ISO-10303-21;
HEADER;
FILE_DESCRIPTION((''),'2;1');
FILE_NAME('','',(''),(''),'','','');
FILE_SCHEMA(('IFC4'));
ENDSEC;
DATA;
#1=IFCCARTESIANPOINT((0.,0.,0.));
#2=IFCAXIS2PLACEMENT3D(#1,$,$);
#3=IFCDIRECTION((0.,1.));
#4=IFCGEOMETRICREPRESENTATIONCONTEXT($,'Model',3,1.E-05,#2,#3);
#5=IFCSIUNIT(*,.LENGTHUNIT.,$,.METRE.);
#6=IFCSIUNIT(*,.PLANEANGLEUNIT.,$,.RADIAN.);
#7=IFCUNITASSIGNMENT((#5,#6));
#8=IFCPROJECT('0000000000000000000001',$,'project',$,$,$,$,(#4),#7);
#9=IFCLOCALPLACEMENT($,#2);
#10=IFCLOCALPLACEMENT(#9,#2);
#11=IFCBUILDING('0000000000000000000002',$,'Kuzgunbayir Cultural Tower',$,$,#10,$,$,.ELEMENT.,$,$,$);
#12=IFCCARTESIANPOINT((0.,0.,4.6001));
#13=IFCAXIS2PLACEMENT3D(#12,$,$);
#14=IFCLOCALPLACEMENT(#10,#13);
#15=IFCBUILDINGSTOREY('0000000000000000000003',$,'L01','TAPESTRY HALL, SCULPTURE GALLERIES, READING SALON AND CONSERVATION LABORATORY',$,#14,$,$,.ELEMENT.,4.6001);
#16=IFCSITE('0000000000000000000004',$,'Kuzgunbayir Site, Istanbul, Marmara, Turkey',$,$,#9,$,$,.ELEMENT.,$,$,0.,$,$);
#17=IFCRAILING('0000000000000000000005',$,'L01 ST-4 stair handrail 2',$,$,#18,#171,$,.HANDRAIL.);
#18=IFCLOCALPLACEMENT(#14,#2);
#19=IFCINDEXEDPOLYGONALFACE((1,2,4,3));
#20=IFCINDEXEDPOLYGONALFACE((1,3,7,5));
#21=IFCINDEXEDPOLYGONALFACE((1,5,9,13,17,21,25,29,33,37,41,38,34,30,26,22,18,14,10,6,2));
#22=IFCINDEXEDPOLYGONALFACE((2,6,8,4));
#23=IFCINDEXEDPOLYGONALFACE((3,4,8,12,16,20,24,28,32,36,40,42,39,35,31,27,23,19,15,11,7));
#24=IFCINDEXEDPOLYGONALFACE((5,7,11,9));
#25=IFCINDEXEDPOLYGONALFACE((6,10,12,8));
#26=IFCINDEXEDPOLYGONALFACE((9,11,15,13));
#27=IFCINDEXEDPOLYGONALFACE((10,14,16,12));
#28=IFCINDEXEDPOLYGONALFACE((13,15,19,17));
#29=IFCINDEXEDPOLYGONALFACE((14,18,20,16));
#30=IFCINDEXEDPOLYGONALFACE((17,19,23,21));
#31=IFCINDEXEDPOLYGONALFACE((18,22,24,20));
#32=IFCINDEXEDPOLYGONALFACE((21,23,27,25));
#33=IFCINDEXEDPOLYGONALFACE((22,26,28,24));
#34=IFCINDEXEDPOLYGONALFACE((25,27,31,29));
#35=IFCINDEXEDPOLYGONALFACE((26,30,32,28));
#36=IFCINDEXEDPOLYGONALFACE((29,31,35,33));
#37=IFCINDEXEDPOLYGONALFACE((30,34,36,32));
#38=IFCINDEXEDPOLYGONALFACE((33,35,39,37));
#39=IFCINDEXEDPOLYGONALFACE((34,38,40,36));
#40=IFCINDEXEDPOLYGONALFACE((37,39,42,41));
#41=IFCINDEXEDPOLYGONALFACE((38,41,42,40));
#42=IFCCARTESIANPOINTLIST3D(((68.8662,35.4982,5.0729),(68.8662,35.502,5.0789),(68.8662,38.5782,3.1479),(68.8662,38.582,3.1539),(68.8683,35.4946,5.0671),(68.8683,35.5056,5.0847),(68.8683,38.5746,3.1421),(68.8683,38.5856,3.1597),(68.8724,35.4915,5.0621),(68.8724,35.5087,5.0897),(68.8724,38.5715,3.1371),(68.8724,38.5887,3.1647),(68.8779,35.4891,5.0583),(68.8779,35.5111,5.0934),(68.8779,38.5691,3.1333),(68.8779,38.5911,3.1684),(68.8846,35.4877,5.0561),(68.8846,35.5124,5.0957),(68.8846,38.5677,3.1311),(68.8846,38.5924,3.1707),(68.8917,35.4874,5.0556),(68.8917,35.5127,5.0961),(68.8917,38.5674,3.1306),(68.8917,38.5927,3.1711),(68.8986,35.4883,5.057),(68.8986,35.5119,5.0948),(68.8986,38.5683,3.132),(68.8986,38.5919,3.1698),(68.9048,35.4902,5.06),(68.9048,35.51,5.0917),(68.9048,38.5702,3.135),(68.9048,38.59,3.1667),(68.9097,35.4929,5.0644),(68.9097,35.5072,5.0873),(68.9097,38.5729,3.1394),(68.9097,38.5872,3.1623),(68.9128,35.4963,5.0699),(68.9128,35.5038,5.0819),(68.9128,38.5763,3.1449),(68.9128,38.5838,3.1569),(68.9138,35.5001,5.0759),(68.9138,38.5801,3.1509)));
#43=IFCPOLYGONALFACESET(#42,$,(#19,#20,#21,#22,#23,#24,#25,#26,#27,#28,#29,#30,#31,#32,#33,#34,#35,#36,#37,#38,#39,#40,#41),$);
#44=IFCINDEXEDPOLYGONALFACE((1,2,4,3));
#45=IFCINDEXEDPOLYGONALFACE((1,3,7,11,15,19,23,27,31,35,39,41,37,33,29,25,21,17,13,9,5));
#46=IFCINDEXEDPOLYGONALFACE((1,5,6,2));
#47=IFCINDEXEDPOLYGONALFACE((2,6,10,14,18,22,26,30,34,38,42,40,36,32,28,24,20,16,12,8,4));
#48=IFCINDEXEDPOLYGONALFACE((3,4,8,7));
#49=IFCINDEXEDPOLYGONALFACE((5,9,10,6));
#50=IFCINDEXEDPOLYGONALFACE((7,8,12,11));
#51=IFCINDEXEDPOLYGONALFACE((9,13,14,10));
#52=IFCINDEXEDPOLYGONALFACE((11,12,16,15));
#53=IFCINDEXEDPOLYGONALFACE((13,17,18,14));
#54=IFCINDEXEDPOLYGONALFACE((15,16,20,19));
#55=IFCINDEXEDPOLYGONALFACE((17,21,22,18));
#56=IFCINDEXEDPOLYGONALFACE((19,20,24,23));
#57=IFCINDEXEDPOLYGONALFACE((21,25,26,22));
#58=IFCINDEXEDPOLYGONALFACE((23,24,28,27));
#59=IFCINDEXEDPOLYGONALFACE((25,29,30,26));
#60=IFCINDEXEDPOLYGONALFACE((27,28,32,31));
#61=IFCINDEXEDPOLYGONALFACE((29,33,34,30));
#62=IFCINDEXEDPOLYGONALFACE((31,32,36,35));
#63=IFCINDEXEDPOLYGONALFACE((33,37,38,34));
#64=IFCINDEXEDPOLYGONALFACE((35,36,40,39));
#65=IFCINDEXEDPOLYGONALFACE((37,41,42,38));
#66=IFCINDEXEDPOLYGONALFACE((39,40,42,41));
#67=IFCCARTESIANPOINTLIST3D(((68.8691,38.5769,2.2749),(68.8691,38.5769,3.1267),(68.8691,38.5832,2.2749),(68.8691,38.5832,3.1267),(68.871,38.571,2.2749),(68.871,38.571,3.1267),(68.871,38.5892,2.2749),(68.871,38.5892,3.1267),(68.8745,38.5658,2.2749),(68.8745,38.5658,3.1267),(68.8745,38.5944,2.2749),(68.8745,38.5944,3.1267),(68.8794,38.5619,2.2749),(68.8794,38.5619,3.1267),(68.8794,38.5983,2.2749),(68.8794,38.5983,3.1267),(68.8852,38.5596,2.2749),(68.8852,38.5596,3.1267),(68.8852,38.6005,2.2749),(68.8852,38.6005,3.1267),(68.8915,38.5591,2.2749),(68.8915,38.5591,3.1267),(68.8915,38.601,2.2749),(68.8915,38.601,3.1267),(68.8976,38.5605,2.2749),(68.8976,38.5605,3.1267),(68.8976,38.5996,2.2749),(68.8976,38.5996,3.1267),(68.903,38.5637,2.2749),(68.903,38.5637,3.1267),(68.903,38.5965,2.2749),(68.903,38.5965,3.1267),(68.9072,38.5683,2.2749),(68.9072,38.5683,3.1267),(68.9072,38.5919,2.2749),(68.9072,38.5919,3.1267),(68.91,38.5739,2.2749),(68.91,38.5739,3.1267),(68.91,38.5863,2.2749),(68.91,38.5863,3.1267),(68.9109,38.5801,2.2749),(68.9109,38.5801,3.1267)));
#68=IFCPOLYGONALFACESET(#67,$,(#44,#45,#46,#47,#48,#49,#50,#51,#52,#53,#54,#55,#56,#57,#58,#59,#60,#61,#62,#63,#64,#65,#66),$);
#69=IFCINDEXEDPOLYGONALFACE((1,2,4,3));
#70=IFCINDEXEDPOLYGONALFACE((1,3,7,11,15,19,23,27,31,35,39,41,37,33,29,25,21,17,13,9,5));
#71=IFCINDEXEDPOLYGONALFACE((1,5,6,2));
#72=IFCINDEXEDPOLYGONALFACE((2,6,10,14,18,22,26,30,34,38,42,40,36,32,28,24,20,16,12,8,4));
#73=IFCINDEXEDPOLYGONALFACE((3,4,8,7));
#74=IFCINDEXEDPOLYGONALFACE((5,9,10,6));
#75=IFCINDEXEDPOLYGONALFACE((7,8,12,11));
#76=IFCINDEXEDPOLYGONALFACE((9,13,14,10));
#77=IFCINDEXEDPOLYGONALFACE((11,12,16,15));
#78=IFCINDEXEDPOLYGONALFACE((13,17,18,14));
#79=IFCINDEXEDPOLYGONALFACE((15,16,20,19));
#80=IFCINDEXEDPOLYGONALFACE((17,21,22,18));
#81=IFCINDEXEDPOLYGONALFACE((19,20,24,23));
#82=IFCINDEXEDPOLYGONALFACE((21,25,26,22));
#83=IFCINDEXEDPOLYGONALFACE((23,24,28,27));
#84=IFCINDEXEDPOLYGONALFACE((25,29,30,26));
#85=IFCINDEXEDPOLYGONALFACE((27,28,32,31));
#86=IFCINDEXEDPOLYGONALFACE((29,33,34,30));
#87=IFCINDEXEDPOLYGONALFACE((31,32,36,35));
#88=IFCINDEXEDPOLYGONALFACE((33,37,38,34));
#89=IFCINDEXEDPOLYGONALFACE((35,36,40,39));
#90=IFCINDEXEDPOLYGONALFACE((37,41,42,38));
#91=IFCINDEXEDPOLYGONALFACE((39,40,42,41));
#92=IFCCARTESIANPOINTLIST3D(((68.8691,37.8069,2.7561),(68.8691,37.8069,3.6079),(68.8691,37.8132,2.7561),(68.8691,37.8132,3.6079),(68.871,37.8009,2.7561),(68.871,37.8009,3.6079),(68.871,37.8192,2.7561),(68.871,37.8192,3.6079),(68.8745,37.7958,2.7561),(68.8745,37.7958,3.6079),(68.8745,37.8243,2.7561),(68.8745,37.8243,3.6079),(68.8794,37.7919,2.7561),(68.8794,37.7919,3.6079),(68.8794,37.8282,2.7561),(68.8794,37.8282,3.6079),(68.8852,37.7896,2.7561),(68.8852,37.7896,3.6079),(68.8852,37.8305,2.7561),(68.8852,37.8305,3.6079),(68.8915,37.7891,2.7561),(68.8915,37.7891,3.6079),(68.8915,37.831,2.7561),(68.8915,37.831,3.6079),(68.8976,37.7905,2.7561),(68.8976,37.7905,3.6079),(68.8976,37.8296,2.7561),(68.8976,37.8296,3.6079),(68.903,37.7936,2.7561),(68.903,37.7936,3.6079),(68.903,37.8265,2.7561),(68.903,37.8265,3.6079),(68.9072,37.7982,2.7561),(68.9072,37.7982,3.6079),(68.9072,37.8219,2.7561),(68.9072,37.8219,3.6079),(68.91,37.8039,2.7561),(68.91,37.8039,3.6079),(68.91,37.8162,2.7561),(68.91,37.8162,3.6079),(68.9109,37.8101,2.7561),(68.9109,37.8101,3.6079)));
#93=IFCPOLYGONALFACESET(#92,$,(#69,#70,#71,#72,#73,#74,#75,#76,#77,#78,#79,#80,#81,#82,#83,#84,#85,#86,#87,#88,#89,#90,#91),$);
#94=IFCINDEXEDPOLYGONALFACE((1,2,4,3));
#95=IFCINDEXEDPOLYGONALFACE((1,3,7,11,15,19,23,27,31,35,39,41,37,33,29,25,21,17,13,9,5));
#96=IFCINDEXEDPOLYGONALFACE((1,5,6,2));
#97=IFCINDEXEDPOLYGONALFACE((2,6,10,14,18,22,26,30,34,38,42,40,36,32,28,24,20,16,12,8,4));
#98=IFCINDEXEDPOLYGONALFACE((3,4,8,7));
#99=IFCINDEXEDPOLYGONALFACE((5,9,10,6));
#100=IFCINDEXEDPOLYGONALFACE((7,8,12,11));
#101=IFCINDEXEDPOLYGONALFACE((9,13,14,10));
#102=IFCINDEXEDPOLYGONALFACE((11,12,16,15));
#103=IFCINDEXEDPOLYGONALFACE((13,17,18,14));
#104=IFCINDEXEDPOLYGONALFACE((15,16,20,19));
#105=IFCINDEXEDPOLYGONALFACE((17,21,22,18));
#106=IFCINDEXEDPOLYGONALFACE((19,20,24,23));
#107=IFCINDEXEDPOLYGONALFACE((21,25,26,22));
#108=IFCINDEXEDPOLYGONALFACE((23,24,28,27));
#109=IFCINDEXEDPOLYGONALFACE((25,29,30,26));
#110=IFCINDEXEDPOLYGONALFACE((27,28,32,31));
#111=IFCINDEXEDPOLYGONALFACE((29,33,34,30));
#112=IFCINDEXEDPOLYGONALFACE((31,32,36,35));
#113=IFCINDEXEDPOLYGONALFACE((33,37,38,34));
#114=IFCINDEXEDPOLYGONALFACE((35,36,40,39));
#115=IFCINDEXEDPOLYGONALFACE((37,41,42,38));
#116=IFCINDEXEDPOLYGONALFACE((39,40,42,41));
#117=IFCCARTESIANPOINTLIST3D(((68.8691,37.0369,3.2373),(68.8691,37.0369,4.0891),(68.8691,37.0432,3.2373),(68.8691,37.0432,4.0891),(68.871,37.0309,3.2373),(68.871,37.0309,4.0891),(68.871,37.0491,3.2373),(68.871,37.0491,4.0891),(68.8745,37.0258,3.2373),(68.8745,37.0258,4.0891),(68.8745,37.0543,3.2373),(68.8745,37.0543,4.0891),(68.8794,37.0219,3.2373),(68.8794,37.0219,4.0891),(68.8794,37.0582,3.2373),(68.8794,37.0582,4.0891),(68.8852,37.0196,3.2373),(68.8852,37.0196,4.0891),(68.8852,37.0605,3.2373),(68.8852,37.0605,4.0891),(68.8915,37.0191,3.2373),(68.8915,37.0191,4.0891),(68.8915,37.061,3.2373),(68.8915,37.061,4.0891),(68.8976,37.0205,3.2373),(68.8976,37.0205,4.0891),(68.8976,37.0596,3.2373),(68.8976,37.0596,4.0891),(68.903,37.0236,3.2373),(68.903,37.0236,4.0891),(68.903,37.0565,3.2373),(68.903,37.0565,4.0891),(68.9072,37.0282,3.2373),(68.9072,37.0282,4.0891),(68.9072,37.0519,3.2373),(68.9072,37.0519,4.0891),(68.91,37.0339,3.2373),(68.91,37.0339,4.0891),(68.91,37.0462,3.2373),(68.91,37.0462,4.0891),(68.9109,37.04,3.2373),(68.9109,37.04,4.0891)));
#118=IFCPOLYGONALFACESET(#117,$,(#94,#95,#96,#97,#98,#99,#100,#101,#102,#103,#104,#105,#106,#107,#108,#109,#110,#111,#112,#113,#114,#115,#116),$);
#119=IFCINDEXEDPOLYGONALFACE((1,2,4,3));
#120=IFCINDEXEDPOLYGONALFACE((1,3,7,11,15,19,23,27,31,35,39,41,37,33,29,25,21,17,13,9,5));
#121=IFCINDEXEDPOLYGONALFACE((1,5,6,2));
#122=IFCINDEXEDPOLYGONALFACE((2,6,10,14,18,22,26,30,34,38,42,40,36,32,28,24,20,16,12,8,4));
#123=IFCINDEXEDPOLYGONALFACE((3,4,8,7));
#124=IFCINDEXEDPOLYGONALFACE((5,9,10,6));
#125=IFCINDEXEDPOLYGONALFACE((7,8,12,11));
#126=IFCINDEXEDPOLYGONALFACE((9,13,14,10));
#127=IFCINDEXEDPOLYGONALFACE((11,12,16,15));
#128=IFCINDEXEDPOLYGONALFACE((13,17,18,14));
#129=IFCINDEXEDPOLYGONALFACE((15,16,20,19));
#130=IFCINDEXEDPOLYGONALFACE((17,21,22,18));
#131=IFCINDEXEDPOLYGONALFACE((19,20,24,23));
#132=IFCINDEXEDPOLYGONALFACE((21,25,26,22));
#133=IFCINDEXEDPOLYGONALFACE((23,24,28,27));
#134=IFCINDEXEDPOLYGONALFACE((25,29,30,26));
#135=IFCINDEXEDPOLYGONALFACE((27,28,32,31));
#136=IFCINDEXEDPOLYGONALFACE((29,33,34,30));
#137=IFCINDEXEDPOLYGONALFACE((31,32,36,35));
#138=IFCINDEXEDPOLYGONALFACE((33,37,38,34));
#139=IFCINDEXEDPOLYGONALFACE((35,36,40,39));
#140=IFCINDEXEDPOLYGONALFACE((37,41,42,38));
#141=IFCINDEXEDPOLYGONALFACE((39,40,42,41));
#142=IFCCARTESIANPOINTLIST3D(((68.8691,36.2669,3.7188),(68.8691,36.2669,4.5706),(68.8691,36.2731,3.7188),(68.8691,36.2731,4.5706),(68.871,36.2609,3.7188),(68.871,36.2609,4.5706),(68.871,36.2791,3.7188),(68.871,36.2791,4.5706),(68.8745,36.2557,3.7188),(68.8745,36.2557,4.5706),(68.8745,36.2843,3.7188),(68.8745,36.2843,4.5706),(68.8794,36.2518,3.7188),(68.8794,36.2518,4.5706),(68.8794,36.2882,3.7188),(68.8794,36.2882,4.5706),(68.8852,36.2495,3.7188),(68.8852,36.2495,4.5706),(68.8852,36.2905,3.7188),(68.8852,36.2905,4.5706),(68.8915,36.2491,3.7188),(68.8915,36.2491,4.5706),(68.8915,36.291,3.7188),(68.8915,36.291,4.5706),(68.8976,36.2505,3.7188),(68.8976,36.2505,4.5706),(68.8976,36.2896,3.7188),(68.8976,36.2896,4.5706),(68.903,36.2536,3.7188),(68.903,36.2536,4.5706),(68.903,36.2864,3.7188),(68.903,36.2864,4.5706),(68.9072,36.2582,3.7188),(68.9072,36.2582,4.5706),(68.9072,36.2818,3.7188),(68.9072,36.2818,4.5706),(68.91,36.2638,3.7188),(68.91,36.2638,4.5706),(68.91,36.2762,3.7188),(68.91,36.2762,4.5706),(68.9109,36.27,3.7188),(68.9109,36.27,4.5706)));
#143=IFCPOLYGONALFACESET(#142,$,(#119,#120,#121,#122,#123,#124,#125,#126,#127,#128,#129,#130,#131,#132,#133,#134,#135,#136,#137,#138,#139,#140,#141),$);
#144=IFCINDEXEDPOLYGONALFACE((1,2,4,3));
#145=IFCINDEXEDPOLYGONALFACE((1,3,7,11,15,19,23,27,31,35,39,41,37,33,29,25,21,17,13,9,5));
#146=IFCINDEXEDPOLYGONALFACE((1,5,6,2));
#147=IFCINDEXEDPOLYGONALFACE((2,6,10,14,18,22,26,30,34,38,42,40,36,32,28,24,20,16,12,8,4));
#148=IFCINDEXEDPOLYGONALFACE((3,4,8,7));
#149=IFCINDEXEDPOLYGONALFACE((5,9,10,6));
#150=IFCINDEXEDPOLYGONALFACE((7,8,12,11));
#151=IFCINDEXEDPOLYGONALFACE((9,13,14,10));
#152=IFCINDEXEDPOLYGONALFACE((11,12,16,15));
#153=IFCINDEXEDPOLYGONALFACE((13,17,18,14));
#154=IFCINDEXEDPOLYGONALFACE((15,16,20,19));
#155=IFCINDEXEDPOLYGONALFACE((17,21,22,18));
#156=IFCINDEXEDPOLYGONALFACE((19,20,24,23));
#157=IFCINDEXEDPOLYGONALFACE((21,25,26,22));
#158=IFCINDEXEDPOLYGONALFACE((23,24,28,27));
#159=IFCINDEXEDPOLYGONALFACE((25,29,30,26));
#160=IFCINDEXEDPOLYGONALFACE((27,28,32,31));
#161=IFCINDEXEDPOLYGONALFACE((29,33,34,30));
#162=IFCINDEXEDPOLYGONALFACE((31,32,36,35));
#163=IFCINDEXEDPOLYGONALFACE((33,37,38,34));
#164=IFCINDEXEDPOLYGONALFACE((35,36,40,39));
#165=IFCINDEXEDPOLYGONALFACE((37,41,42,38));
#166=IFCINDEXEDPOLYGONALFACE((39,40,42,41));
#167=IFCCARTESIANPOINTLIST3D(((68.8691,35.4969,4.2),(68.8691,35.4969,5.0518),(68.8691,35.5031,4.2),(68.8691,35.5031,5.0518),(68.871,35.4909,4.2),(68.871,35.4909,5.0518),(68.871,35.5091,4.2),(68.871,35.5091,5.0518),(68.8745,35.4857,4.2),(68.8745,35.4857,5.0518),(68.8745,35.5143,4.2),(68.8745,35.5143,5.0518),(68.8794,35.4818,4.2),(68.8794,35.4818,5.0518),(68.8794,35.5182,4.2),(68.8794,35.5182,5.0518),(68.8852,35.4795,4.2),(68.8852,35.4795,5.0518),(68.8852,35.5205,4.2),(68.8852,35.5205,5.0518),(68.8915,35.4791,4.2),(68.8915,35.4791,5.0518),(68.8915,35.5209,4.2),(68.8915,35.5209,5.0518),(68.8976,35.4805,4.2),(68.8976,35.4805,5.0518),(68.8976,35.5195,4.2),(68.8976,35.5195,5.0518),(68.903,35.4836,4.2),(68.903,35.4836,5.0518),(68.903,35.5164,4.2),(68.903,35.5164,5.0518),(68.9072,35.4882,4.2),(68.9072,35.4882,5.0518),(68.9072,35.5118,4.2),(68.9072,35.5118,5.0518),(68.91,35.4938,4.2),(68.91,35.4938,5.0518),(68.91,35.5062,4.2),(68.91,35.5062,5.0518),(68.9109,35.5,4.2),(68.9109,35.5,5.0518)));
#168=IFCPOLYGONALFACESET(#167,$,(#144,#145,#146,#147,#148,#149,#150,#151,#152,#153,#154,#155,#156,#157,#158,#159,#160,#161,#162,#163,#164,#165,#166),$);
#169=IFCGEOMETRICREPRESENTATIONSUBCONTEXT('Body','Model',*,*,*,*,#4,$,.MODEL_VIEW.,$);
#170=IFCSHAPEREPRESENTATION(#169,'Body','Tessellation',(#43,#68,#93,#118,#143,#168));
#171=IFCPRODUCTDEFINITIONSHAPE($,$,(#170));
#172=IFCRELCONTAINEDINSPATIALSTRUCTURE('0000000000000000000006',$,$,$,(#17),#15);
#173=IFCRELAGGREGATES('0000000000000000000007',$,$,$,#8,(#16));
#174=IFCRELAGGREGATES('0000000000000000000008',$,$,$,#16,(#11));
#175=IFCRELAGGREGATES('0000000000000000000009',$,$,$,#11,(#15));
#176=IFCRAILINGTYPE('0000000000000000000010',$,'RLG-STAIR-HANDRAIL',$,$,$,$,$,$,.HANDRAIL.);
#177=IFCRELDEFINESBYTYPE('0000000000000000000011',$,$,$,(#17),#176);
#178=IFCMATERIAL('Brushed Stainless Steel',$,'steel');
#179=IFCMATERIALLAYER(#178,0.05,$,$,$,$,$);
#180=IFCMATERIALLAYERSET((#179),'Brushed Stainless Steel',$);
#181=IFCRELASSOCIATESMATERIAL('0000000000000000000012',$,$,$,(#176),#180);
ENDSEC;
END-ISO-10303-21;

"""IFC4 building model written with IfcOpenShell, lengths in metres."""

from ifc_helpers import new_model, si_unit, direction, frame, origin, origin_2d, place, context, subcontext, project, spatial, circle, extrude, material, layer, layer_set, type_object, element, save


model = new_model("IFC4")

# Units and contexts
model_context = context("Model", 3, precision=1e-05, world=origin(), true_north=direction((0.0, 1.0)))
body_context = subcontext(model_context, "Body", "Model", "MODEL_VIEW")
ifc_project = project(units=[si_unit("LENGTHUNIT", "METRE"), si_unit("PLANEANGLEUNIT", "RADIAN")], contexts=[model_context])

# Site, building, storey
site_placement = place(None, origin())
site = spatial("IfcSite", under=ifc_project, at=site_placement, Name="Kuzgunbayir Site, Istanbul, Marmara, Turkey", CompositionType="ELEMENT", RefElevation=0.0)
building_placement = place(site_placement, origin())
building = spatial("IfcBuilding", under=site, at=building_placement, Name="Kuzgunbayir Cultural Tower", CompositionType="ELEMENT")
storey_placement = place(building_placement, frame((0.0, 0.0, 4.6001)))
storey = spatial("IfcBuildingStorey", under=building, at=storey_placement, Name="L01", Description="TAPESTRY HALL, SCULPTURE GALLERIES, READING SALON AND CONSERVATION LABORATORY", CompositionType="ELEMENT", Elevation=4.6001)

# Shared definitions
ifc_material_1 = material(Name="Brushed Stainless Steel", Category="steel")

# Railing
ifc_layer_1 = layer(ifc_material_1, 0.05)
ifc_layer_set_1 = layer_set([ifc_layer_1], Name="Brushed Stainless Steel")
railing_type_1 = type_object("IfcRailingType", Name="RLG-STAIR-HANDRAIL", PredefinedType="HANDRAIL", material=ifc_layer_set_1)
railing_1_placement = place(storey_placement, frame((68.8899, 38.5801, 2.2749)))
element("IfcRailing", 1, at=railing_1_placement, inside=storey, type_object=railing_type_1, Name="L01 ST-4 stair handrail 2", PredefinedType="HANDRAIL", context=body_context, shape_type="SweptSolid", body=[
    extrude(circle(Radius=0.0239, at=origin_2d()), frame((0.0, 0.0, 0.876), z_axis=(0.0, -0.847998, 0.529999), x_axis=(1.0, 0.0, 0.0)), (0.0, 0.0, 1.0), 3.6321),
    extrude(circle(Radius=0.021, at=origin_2d()), origin(), (0.0, 0.0, 1.0), 0.8518),
    extrude(circle(Radius=0.021, at=origin_2d()), frame((0.0, -0.77, 0.4812)), (0.0, 0.0, 1.0), 0.8518),
    extrude(circle(Radius=0.021, at=origin_2d()), frame((0.0, -1.54, 0.9624)), (0.0, 0.0, 1.0), 0.8518),
    extrude(circle(Radius=0.021, at=origin_2d()), frame((0.0, -2.3101, 1.4438)), (0.0, 0.0, 1.0), 0.8518),
    extrude(circle(Radius=0.021, at=origin_2d()), frame((0.0, -3.0801, 1.925)), (0.0, 0.0, 1.0), 0.8518),
])

save(model, "model.ifc")
